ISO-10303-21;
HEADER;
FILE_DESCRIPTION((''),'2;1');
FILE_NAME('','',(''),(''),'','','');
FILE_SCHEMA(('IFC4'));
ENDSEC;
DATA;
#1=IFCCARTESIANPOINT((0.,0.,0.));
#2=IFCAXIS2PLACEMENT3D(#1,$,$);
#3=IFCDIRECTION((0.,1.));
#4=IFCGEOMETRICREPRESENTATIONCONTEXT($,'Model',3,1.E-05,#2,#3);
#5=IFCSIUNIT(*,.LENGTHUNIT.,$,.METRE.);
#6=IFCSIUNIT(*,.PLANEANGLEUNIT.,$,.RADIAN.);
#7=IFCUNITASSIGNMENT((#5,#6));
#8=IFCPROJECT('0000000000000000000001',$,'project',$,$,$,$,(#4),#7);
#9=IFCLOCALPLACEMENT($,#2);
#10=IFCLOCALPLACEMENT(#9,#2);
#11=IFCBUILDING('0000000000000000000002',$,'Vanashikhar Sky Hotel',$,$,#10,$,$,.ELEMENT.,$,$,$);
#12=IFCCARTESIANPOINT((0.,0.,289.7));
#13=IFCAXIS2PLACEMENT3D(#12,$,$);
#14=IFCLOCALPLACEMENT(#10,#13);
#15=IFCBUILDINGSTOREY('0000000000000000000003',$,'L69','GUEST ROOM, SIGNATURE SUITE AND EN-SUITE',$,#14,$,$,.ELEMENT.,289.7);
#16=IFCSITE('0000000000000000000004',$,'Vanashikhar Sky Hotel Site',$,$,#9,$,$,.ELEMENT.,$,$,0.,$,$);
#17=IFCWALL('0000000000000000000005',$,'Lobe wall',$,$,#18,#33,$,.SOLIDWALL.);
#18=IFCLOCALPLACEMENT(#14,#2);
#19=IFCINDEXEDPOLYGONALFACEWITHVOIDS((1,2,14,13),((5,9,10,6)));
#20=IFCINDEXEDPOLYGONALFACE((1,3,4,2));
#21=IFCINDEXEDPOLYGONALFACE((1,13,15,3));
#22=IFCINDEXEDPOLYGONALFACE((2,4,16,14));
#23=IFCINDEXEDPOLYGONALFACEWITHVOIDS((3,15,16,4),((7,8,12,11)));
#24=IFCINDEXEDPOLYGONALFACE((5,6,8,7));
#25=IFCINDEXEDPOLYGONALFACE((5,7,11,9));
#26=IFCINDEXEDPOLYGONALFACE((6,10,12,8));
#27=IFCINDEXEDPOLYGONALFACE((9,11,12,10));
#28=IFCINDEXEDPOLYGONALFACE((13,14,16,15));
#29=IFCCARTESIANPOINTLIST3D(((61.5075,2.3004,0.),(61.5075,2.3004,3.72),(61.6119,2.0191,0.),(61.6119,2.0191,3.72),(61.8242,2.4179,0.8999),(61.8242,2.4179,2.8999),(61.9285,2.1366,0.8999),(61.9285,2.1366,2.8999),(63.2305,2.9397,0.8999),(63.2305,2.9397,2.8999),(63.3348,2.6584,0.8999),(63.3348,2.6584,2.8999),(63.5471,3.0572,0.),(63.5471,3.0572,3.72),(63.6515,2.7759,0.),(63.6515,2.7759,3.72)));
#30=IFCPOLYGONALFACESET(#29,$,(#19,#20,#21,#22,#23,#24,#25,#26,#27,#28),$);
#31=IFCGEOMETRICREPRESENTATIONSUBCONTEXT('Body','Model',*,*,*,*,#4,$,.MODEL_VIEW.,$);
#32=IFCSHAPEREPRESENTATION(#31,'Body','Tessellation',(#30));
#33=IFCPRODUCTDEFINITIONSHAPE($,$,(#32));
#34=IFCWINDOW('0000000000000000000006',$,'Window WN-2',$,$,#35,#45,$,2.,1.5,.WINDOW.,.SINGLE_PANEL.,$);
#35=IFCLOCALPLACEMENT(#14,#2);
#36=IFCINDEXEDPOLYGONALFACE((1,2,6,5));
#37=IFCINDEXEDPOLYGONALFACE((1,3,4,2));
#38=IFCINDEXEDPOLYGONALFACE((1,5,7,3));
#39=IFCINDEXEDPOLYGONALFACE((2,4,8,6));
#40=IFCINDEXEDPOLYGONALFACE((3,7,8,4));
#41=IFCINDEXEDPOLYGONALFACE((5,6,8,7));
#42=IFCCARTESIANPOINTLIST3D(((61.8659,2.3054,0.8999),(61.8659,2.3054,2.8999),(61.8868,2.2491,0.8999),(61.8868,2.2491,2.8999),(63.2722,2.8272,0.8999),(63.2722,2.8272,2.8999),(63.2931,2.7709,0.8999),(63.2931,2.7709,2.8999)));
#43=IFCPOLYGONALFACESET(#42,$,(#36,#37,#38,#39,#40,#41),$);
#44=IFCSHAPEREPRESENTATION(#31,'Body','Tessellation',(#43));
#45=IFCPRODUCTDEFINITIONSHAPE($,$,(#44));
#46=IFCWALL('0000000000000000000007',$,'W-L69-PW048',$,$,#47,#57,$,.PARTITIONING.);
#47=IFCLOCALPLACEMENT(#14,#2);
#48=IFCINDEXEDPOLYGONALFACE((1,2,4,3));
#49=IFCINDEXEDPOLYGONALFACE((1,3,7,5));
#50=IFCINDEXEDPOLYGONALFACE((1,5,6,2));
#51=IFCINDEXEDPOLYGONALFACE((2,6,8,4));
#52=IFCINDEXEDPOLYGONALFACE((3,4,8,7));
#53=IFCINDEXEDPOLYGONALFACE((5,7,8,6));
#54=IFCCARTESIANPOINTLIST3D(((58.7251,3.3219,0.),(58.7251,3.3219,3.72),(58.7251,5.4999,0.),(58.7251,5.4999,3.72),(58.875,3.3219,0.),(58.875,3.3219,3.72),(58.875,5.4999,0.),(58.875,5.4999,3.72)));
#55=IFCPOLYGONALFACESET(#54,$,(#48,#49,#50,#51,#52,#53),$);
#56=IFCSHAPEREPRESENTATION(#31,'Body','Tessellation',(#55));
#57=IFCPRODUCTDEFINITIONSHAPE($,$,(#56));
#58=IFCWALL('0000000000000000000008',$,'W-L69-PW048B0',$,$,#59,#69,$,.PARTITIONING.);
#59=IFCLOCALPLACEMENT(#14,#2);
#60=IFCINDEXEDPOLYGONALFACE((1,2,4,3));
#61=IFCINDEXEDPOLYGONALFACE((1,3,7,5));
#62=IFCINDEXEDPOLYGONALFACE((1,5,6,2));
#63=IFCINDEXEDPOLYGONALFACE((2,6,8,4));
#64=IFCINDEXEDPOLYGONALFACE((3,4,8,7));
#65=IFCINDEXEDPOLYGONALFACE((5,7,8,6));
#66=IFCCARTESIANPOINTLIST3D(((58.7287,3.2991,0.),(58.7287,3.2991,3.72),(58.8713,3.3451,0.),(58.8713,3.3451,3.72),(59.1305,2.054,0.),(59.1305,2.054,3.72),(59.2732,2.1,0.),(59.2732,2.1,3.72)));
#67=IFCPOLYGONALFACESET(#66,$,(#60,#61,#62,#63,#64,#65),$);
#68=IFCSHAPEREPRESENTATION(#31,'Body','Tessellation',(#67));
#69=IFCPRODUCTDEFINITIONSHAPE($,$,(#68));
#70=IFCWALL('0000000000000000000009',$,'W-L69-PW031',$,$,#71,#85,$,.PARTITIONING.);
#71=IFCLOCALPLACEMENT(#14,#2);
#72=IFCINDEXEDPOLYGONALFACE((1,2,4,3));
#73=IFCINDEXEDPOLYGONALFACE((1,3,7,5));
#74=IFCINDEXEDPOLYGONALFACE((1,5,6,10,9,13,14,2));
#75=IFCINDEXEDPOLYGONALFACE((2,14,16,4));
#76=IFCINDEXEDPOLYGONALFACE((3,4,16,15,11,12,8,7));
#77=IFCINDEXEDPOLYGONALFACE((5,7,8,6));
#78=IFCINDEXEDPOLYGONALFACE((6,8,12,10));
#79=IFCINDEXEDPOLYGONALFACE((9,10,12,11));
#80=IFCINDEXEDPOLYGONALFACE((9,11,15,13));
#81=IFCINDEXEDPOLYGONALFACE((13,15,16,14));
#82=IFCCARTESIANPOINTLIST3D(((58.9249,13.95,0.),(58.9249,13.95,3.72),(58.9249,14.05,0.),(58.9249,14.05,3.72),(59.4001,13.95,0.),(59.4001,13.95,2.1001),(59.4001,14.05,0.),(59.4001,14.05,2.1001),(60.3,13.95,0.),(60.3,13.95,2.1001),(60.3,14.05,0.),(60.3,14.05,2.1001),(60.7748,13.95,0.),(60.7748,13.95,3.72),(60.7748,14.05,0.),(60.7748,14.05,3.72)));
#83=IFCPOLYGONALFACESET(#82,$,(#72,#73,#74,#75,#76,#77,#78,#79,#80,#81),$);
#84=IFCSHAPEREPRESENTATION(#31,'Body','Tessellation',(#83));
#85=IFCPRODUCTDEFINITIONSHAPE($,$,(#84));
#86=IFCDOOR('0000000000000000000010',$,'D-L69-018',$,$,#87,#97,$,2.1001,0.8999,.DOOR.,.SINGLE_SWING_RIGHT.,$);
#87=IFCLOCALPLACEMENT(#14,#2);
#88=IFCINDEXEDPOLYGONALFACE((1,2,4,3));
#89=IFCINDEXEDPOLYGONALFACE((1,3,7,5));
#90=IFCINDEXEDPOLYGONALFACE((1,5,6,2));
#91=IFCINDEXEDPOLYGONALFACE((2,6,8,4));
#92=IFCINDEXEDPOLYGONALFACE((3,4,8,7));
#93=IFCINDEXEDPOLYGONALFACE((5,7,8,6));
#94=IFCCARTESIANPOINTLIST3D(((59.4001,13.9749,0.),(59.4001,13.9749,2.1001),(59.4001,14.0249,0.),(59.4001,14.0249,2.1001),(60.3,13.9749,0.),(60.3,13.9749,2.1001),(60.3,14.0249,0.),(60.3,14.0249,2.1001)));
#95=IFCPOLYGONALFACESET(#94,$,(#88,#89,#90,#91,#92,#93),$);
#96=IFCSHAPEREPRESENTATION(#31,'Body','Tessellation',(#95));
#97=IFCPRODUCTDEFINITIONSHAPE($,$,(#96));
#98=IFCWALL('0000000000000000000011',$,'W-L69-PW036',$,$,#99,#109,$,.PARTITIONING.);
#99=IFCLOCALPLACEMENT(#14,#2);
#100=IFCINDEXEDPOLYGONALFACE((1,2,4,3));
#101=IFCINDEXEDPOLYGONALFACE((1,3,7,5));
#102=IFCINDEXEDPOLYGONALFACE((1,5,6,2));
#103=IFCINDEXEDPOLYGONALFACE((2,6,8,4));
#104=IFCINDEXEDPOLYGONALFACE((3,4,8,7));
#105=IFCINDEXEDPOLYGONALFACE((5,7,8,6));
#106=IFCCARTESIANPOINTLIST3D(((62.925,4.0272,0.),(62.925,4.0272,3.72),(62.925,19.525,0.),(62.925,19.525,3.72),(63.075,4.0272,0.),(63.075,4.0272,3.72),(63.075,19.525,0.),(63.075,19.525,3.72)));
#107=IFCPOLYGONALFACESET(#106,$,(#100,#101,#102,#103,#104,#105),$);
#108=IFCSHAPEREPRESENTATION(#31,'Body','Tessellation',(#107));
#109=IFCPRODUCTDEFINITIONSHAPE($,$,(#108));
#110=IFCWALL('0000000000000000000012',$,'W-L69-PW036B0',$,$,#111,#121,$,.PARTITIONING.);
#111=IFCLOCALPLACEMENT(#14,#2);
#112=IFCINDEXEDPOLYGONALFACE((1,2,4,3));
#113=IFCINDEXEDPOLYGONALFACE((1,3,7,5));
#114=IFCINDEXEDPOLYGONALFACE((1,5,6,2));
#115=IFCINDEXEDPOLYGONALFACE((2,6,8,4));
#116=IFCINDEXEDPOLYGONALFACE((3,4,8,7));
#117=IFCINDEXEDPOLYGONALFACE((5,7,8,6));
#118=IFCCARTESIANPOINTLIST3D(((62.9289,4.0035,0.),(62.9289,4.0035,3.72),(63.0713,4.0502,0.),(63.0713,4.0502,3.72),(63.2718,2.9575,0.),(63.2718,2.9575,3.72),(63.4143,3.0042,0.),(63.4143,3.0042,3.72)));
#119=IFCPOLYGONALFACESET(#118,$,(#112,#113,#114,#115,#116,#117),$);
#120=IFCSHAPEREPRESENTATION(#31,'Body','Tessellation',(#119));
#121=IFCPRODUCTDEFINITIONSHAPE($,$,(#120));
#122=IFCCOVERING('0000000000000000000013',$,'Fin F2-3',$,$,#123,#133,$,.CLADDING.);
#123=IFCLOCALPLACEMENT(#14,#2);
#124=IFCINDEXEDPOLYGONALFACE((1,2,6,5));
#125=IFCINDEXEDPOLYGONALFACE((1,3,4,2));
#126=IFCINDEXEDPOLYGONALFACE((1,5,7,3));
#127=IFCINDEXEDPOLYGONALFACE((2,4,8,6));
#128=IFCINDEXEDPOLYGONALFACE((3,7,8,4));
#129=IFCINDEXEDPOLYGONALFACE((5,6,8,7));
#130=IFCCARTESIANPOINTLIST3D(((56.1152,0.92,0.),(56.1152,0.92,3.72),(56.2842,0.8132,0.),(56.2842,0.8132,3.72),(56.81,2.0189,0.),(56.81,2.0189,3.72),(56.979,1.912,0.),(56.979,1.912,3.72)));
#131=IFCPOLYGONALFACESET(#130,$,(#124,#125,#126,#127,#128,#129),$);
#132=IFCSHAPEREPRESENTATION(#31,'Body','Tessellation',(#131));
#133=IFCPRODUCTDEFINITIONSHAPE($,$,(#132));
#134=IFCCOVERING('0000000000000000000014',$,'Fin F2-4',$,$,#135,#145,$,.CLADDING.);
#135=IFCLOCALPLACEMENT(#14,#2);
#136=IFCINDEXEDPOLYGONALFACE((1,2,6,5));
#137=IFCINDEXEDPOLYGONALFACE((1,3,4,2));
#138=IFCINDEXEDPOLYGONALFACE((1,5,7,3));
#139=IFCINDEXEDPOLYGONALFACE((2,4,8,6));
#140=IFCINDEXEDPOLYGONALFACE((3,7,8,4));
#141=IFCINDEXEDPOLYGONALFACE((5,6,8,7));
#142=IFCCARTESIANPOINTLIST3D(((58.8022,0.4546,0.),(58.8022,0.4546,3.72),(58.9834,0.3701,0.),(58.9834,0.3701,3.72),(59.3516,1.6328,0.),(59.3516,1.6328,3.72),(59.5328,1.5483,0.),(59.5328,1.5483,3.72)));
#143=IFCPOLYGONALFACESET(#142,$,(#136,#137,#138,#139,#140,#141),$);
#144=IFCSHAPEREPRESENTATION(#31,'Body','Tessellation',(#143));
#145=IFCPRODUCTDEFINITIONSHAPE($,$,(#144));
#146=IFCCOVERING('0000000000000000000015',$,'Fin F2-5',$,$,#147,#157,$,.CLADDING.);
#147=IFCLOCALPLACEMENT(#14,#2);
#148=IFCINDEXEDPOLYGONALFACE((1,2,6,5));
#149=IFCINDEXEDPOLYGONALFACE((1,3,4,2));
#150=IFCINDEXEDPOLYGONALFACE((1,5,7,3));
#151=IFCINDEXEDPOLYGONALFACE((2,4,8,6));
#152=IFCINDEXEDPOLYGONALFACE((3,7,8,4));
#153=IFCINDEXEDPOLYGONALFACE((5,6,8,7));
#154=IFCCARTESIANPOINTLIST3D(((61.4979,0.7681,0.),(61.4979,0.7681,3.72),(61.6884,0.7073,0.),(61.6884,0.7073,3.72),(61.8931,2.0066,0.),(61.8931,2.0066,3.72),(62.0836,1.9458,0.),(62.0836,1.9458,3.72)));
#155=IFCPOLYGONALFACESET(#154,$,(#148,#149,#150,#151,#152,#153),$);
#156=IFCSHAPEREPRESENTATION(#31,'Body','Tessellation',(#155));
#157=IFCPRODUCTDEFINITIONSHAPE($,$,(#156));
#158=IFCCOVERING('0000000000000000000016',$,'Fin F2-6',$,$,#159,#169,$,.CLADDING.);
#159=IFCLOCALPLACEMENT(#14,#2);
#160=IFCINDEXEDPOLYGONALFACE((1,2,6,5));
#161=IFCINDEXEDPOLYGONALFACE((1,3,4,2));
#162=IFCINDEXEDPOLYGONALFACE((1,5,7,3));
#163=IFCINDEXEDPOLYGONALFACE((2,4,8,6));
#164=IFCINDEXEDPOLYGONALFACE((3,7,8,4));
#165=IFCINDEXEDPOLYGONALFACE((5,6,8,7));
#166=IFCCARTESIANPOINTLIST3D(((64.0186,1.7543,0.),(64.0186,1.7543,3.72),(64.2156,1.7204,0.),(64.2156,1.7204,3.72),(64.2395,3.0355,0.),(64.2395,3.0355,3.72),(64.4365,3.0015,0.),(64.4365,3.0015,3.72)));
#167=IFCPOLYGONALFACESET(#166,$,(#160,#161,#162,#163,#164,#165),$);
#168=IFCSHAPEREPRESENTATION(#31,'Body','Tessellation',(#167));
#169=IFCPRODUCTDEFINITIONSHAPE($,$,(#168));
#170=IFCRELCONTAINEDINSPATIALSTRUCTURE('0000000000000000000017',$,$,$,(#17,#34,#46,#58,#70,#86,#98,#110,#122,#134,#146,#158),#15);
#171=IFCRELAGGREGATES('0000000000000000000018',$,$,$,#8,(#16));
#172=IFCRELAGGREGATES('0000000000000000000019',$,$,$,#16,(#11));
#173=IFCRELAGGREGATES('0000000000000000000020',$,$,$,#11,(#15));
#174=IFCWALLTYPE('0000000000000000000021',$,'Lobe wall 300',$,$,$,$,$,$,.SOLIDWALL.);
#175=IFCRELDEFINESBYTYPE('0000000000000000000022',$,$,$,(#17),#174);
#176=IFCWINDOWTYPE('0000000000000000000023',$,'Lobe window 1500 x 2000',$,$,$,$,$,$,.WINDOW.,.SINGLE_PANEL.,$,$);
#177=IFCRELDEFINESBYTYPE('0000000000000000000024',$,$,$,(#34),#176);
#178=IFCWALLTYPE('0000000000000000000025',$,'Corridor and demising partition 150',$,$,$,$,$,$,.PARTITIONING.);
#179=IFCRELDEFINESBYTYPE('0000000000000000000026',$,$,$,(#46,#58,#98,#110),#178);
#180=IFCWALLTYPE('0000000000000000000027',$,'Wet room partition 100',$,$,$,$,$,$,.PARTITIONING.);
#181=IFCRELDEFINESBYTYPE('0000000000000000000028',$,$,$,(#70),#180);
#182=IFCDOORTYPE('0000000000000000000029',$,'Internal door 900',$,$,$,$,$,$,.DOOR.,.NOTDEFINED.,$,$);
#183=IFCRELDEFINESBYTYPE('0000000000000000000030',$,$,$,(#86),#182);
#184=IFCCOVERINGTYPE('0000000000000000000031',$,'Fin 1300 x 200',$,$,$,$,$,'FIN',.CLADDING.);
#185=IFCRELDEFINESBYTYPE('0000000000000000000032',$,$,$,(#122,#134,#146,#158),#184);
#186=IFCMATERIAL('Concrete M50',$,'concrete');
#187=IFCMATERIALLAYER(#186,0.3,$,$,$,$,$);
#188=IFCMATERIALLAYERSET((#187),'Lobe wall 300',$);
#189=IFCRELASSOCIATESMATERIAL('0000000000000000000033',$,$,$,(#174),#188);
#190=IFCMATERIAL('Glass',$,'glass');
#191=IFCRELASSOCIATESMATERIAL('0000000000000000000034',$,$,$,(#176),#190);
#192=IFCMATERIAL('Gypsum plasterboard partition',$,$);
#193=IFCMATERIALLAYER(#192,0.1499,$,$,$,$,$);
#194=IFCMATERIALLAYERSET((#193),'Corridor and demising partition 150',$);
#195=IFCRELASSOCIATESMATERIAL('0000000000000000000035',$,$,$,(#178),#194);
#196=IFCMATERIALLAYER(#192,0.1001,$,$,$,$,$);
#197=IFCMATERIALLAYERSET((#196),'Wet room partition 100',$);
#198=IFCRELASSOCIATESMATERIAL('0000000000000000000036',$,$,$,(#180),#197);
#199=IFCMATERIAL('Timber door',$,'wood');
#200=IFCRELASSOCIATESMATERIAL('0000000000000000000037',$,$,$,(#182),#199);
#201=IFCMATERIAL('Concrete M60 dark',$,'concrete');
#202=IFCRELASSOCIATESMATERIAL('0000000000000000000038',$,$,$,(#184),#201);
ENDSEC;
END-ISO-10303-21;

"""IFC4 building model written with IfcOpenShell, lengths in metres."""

from ifc_helpers import new_model, si_unit, direction, frame, frame_2d, origin, origin_2d, place, context, subcontext, project, spatial, rectangle, extrude, source, transform, mapped, material, layer, layer_set, material_profile, profile_set, type_object, element, fill, save


model = new_model("IFC4")

# Units and contexts
model_context = context("Model", 3, precision=1e-05, world=origin(), true_north=direction((0.0, 1.0)))
body_context = subcontext(model_context, "Body", "Model", "MODEL_VIEW")
ifc_project = project(units=[si_unit("LENGTHUNIT", "METRE"), si_unit("PLANEANGLEUNIT", "RADIAN")], contexts=[model_context])

# Site, building, storey
site_placement = place(None, origin())
site = spatial("IfcSite", under=ifc_project, at=site_placement, Name="Vanashikhar Sky Hotel Site", CompositionType="ELEMENT", RefElevation=0.0)
building_placement = place(site_placement, origin())
building = spatial("IfcBuilding", under=site, at=building_placement, Name="Vanashikhar Sky Hotel", CompositionType="ELEMENT")
storey_placement = place(building_placement, frame((0.0, 0.0, 289.7)))
storey = spatial("IfcBuildingStorey", under=building, at=storey_placement, Name="L69", Description="GUEST ROOM, SIGNATURE SUITE AND EN-SUITE", CompositionType="ELEMENT", Elevation=289.7)

# Shared definitions
ifc_material_1 = material(Name="Concrete M50", Category="concrete")

# Wall, opening, window
ifc_layer_1 = layer(ifc_material_1, 0.3)
ifc_layer_set_1 = layer_set([ifc_layer_1], Name="Lobe wall 300")
wall_type_1 = type_object("IfcWallType", Name="Lobe wall 300", PredefinedType="SOLIDWALL", material=ifc_layer_set_1)
shared_shape_1 = source(origin(), body_context, "Body", "SweptSolid", [
    extrude(rectangle(XDim=1.5, YDim=2.0, at=frame_2d((0.75, 1.0))), frame((0.0, 0.1602, 0.0), z_axis=(0.0, -1.0, 0.0), x_axis=(1.0, 0.0, 0.0)), (0.0, 0.0, 1.0), 0.3201),
])
ifc_material_2 = material(Name="Glass", Category="glass")
window_type = type_object("IfcWindowType", Name="Lobe window 1500 x 2000", PartitioningType="SINGLE_PANEL", PredefinedType="WINDOW", material=ifc_material_2)
shared_shape_2 = source(origin(), body_context, "Body", "SweptSolid", [
    extrude(rectangle(XDim=1.5, YDim=2.0, at=frame_2d((0.75, 1.0))), frame((0.0, 0.03, 0.0), z_axis=(0.0, -1.0, 0.0), x_axis=(1.0, 0.0, 0.0)), (0.0, 0.0, 1.0), 0.0601),
])
shared_shape_3 = source(origin(), body_context, "Body", "SweptSolid", [
    extrude(rectangle(XDim=2.1755, YDim=0.3, at=frame_2d((1.0879, 0.0))), origin(), (0.0, 0.0, 1.0), 3.72),
])
wall_1_placement = place(storey_placement, frame((61.5596, 2.1597, 0.0), z_axis=(0.0, 0.0, 1.0), x_axis=(0.937532, 0.347899, 0.0)))
wall_1 = element("IfcWall", 1, at=wall_1_placement, inside=storey, type_object=wall_type_1, Name="Lobe wall", PredefinedType="SOLIDWALL", context=body_context, shape_type="MappedRepresentation", body=[
    mapped(shared_shape_3, transform((0.0, 0.0, 0.0), scale=1.0)),
])
opening_1_placement = place(wall_1_placement, frame((0.3379, 0.0, 0.8999)))
opening_1 = element("IfcOpeningElement", 2, at=opening_1_placement, cuts=wall_1, PredefinedType="OPENING", context=body_context, shape_type="MappedRepresentation", body=[
    mapped(shared_shape_1, transform((0.0, 0.0, 0.0), scale=1.0)),
])
window_1_placement = place(opening_1_placement, origin())
window_1 = element("IfcWindow", 3, at=window_1_placement, inside=storey, type_object=window_type, Name="Window WN-2", OverallHeight=2.0, OverallWidth=1.5, PartitioningType="SINGLE_PANEL", PredefinedType="WINDOW", context=body_context, shape_type="MappedRepresentation", body=[
    mapped(shared_shape_2, transform((0.0, 0.0, 0.0), scale=1.0)),
])
fill(opening_1, window_1)

# Walls
ifc_material_3 = material(Name="Gypsum plasterboard partition")
ifc_layer_2 = layer(ifc_material_3, 0.1499)
ifc_layer_set_2 = layer_set([ifc_layer_2], Name="Corridor and demising partition 150")
wall_type_2 = type_object("IfcWallType", Name="Corridor and demising partition 150", PredefinedType="PARTITIONING", material=ifc_layer_set_2)
shared_shape_4 = source(origin(), body_context, "Body", "SweptSolid", [
    extrude(rectangle(XDim=2.178, YDim=0.1499, at=frame_2d((1.0889, 0.0))), origin(), (0.0, 0.0, 1.0), 3.72),
])
wall_2_placement = place(storey_placement, frame((58.8, 3.322, 0.0), z_axis=(0.0, 0.0, 1.0), x_axis=(0.0, 1.0, 0.0)))
element("IfcWall", 4, at=wall_2_placement, inside=storey, type_object=wall_type_2, Name="W-L69-PW048", PredefinedType="PARTITIONING", context=body_context, shape_type="MappedRepresentation", body=[
    mapped(shared_shape_4, transform((0.0, 0.0, 0.0), scale=1.0)),
])
shared_shape_5 = source(origin(), body_context, "Body", "SweptSolid", [
    extrude(rectangle(XDim=1.3083, YDim=0.1499, at=frame_2d((0.6543, 0.0))), origin(), (0.0, 0.0, 1.0), 3.72),
])
wall_3_placement = place(storey_placement, frame((59.2019, 2.0769, 0.0), z_axis=(0.0, 0.0, 1.0), x_axis=(-0.307145, 0.951663, 0.0)))
element("IfcWall", 5, at=wall_3_placement, inside=storey, type_object=wall_type_2, Name="W-L69-PW048B0", PredefinedType="PARTITIONING", context=body_context, shape_type="MappedRepresentation", body=[
    mapped(shared_shape_5, transform((0.0, 0.0, 0.0), scale=1.0)),
])

# Wall, opening, door
ifc_layer_3 = layer(ifc_material_3, 0.1001)
ifc_layer_set_3 = layer_set([ifc_layer_3], Name="Wet room partition 100")
wall_type_3 = type_object("IfcWallType", Name="Wet room partition 100", PredefinedType="PARTITIONING", material=ifc_layer_set_3)
shared_shape_6 = source(origin(), body_context, "Body", "SweptSolid", [
    extrude(rectangle(XDim=1.8499, YDim=0.1001, at=frame_2d((0.9248, 0.0))), origin(), (0.0, 0.0, 1.0), 3.72),
])
wall_4_placement = place(storey_placement, frame((58.925, 14.0, 0.0), z_axis=(0.0, 0.0, 1.0), x_axis=(1.0, 0.0, 0.0)))
wall_4 = element("IfcWall", 6, at=wall_4_placement, inside=storey, type_object=wall_type_3, Name="W-L69-PW031", PredefinedType="PARTITIONING", context=body_context, shape_type="MappedRepresentation", body=[
    mapped(shared_shape_6, transform((0.0, 0.0, 0.0), scale=1.0)),
])
shared_shape_7 = source(origin(), body_context, "Body", "SweptSolid", [
    extrude(rectangle(XDim=0.8999, YDim=2.1001, at=frame_2d((0.45, 1.05))), frame((0.0, 0.0601, 0.0), z_axis=(0.0, -1.0, 0.0), x_axis=(1.0, 0.0, 0.0)), (0.0, 0.0, 1.0), 0.1201),
])
opening_2_placement = place(wall_4_placement, frame((0.4751, 0.0, 0.0)))
opening_2 = element("IfcOpeningElement", 7, at=opening_2_placement, cuts=wall_4, PredefinedType="OPENING", context=body_context, shape_type="MappedRepresentation", body=[
    mapped(shared_shape_7, transform((0.0, 0.0, 0.0), scale=1.0)),
])
ifc_material_4 = material(Name="Timber door", Category="wood")
door_type = type_object("IfcDoorType", Name="Internal door 900", OperationType="NOTDEFINED", PredefinedType="DOOR", material=ifc_material_4)
shared_shape_8 = source(origin(), body_context, "Body", "SweptSolid", [
    extrude(rectangle(XDim=0.8999, YDim=2.1001, at=frame_2d((0.45, 1.05))), frame((0.0, 0.0249, 0.0), z_axis=(0.0, -1.0, 0.0), x_axis=(1.0, 0.0, 0.0)), (0.0, 0.0, 1.0), 0.05),
])
door_placement = place(opening_2_placement, origin())
door = element("IfcDoor", 8, at=door_placement, inside=storey, type_object=door_type, Name="D-L69-018", OperationType="SINGLE_SWING_RIGHT", OverallHeight=2.1001, OverallWidth=0.8999, PredefinedType="DOOR", context=body_context, shape_type="MappedRepresentation", body=[
    mapped(shared_shape_8, transform((0.0, 0.0, 0.0), scale=1.0)),
])
fill(opening_2, door)

# Walls
shared_shape_9 = source(origin(), body_context, "Body", "SweptSolid", [
    extrude(rectangle(XDim=15.4978, YDim=0.1499, at=frame_2d((7.749, 0.0))), origin(), (0.0, 0.0, 1.0), 3.72),
])
wall_5_placement = place(storey_placement, frame((63.0, 4.0271, 0.0), z_axis=(0.0, 0.0, 1.0), x_axis=(0.0, 1.0, 0.0)))
element("IfcWall", 9, at=wall_5_placement, inside=storey, type_object=wall_type_2, Name="W-L69-PW036", PredefinedType="PARTITIONING", context=body_context, shape_type="MappedRepresentation", body=[
    mapped(shared_shape_9, transform((0.0, 0.0, 0.0), scale=1.0)),
])
shared_shape_10 = source(origin(), body_context, "Body", "SweptSolid", [
    extrude(rectangle(XDim=1.1008, YDim=0.1499, at=frame_2d((0.5503, 0.0))), origin(), (0.0, 0.0, 1.0), 3.72),
])
wall_6_placement = place(storey_placement, frame((63.343, 2.981, 0.0), z_axis=(0.0, 0.0, 1.0), x_axis=(-0.311567, 0.950224, 0.0)))
element("IfcWall", 10, at=wall_6_placement, inside=storey, type_object=wall_type_2, Name="W-L69-PW036B0", PredefinedType="PARTITIONING", context=body_context, shape_type="MappedRepresentation", body=[
    mapped(shared_shape_10, transform((0.0, 0.0, 0.0), scale=1.0)),
])

# Coverings
ifc_material_5 = material(Name="Concrete M60 dark", Category="concrete")
ifc_material_profile_1 = material_profile(ifc_material_5, rectangle(XDim=1.3, YDim=0.2, at=origin_2d()))
ifc_profile_set_1 = profile_set([ifc_material_profile_1], Name="Fin 1300 x 200")
covering_type = type_object("IfcCoveringType", Name="Fin 1300 x 200", ElementType="FIN", PredefinedType="CLADDING", material=ifc_profile_set_1)
shared_shape_11 = source(origin(), body_context, "Body", "SweptSolid", [
    extrude(rectangle(XDim=1.3, YDim=0.2, at=origin_2d()), origin(), (0.0, 0.0, 1.0), 3.72),
])
for number, where, z_axis, x_axis, name in (
    (11, (56.5471, 1.416, 0.0), (0.0, 0.0, 1.0), (-0.534411, -0.845225, 0.0), "Fin F2-3"),
    (12, (59.1675, 1.0015, 0.0), (0.0, 0.0, 1.0), (-0.422618, -0.906308, 0.0), "Fin F2-4"),
    (13, (61.7908, 1.3569, 0.0), (0.0, 0.0, 1.0), (-0.303967, -0.952683, 0.0), "Fin F2-5"),
    (14, (64.2275, 2.3779, 0.0), (0.0, 0.0, 1.0), (-0.1699, -0.985461, 0.0), "Fin F2-6"),
):
    element("IfcCovering", number, at=place(storey_placement, frame(where, z_axis=z_axis, x_axis=x_axis)), inside=storey, type_object=covering_type, Name=name, PredefinedType="CLADDING", context=body_context, shape_type="MappedRepresentation", body=[
        mapped(shared_shape_11, transform((0.0, 0.0, 0.0), scale=1.0)),
    ])

save(model, "model.ifc")
